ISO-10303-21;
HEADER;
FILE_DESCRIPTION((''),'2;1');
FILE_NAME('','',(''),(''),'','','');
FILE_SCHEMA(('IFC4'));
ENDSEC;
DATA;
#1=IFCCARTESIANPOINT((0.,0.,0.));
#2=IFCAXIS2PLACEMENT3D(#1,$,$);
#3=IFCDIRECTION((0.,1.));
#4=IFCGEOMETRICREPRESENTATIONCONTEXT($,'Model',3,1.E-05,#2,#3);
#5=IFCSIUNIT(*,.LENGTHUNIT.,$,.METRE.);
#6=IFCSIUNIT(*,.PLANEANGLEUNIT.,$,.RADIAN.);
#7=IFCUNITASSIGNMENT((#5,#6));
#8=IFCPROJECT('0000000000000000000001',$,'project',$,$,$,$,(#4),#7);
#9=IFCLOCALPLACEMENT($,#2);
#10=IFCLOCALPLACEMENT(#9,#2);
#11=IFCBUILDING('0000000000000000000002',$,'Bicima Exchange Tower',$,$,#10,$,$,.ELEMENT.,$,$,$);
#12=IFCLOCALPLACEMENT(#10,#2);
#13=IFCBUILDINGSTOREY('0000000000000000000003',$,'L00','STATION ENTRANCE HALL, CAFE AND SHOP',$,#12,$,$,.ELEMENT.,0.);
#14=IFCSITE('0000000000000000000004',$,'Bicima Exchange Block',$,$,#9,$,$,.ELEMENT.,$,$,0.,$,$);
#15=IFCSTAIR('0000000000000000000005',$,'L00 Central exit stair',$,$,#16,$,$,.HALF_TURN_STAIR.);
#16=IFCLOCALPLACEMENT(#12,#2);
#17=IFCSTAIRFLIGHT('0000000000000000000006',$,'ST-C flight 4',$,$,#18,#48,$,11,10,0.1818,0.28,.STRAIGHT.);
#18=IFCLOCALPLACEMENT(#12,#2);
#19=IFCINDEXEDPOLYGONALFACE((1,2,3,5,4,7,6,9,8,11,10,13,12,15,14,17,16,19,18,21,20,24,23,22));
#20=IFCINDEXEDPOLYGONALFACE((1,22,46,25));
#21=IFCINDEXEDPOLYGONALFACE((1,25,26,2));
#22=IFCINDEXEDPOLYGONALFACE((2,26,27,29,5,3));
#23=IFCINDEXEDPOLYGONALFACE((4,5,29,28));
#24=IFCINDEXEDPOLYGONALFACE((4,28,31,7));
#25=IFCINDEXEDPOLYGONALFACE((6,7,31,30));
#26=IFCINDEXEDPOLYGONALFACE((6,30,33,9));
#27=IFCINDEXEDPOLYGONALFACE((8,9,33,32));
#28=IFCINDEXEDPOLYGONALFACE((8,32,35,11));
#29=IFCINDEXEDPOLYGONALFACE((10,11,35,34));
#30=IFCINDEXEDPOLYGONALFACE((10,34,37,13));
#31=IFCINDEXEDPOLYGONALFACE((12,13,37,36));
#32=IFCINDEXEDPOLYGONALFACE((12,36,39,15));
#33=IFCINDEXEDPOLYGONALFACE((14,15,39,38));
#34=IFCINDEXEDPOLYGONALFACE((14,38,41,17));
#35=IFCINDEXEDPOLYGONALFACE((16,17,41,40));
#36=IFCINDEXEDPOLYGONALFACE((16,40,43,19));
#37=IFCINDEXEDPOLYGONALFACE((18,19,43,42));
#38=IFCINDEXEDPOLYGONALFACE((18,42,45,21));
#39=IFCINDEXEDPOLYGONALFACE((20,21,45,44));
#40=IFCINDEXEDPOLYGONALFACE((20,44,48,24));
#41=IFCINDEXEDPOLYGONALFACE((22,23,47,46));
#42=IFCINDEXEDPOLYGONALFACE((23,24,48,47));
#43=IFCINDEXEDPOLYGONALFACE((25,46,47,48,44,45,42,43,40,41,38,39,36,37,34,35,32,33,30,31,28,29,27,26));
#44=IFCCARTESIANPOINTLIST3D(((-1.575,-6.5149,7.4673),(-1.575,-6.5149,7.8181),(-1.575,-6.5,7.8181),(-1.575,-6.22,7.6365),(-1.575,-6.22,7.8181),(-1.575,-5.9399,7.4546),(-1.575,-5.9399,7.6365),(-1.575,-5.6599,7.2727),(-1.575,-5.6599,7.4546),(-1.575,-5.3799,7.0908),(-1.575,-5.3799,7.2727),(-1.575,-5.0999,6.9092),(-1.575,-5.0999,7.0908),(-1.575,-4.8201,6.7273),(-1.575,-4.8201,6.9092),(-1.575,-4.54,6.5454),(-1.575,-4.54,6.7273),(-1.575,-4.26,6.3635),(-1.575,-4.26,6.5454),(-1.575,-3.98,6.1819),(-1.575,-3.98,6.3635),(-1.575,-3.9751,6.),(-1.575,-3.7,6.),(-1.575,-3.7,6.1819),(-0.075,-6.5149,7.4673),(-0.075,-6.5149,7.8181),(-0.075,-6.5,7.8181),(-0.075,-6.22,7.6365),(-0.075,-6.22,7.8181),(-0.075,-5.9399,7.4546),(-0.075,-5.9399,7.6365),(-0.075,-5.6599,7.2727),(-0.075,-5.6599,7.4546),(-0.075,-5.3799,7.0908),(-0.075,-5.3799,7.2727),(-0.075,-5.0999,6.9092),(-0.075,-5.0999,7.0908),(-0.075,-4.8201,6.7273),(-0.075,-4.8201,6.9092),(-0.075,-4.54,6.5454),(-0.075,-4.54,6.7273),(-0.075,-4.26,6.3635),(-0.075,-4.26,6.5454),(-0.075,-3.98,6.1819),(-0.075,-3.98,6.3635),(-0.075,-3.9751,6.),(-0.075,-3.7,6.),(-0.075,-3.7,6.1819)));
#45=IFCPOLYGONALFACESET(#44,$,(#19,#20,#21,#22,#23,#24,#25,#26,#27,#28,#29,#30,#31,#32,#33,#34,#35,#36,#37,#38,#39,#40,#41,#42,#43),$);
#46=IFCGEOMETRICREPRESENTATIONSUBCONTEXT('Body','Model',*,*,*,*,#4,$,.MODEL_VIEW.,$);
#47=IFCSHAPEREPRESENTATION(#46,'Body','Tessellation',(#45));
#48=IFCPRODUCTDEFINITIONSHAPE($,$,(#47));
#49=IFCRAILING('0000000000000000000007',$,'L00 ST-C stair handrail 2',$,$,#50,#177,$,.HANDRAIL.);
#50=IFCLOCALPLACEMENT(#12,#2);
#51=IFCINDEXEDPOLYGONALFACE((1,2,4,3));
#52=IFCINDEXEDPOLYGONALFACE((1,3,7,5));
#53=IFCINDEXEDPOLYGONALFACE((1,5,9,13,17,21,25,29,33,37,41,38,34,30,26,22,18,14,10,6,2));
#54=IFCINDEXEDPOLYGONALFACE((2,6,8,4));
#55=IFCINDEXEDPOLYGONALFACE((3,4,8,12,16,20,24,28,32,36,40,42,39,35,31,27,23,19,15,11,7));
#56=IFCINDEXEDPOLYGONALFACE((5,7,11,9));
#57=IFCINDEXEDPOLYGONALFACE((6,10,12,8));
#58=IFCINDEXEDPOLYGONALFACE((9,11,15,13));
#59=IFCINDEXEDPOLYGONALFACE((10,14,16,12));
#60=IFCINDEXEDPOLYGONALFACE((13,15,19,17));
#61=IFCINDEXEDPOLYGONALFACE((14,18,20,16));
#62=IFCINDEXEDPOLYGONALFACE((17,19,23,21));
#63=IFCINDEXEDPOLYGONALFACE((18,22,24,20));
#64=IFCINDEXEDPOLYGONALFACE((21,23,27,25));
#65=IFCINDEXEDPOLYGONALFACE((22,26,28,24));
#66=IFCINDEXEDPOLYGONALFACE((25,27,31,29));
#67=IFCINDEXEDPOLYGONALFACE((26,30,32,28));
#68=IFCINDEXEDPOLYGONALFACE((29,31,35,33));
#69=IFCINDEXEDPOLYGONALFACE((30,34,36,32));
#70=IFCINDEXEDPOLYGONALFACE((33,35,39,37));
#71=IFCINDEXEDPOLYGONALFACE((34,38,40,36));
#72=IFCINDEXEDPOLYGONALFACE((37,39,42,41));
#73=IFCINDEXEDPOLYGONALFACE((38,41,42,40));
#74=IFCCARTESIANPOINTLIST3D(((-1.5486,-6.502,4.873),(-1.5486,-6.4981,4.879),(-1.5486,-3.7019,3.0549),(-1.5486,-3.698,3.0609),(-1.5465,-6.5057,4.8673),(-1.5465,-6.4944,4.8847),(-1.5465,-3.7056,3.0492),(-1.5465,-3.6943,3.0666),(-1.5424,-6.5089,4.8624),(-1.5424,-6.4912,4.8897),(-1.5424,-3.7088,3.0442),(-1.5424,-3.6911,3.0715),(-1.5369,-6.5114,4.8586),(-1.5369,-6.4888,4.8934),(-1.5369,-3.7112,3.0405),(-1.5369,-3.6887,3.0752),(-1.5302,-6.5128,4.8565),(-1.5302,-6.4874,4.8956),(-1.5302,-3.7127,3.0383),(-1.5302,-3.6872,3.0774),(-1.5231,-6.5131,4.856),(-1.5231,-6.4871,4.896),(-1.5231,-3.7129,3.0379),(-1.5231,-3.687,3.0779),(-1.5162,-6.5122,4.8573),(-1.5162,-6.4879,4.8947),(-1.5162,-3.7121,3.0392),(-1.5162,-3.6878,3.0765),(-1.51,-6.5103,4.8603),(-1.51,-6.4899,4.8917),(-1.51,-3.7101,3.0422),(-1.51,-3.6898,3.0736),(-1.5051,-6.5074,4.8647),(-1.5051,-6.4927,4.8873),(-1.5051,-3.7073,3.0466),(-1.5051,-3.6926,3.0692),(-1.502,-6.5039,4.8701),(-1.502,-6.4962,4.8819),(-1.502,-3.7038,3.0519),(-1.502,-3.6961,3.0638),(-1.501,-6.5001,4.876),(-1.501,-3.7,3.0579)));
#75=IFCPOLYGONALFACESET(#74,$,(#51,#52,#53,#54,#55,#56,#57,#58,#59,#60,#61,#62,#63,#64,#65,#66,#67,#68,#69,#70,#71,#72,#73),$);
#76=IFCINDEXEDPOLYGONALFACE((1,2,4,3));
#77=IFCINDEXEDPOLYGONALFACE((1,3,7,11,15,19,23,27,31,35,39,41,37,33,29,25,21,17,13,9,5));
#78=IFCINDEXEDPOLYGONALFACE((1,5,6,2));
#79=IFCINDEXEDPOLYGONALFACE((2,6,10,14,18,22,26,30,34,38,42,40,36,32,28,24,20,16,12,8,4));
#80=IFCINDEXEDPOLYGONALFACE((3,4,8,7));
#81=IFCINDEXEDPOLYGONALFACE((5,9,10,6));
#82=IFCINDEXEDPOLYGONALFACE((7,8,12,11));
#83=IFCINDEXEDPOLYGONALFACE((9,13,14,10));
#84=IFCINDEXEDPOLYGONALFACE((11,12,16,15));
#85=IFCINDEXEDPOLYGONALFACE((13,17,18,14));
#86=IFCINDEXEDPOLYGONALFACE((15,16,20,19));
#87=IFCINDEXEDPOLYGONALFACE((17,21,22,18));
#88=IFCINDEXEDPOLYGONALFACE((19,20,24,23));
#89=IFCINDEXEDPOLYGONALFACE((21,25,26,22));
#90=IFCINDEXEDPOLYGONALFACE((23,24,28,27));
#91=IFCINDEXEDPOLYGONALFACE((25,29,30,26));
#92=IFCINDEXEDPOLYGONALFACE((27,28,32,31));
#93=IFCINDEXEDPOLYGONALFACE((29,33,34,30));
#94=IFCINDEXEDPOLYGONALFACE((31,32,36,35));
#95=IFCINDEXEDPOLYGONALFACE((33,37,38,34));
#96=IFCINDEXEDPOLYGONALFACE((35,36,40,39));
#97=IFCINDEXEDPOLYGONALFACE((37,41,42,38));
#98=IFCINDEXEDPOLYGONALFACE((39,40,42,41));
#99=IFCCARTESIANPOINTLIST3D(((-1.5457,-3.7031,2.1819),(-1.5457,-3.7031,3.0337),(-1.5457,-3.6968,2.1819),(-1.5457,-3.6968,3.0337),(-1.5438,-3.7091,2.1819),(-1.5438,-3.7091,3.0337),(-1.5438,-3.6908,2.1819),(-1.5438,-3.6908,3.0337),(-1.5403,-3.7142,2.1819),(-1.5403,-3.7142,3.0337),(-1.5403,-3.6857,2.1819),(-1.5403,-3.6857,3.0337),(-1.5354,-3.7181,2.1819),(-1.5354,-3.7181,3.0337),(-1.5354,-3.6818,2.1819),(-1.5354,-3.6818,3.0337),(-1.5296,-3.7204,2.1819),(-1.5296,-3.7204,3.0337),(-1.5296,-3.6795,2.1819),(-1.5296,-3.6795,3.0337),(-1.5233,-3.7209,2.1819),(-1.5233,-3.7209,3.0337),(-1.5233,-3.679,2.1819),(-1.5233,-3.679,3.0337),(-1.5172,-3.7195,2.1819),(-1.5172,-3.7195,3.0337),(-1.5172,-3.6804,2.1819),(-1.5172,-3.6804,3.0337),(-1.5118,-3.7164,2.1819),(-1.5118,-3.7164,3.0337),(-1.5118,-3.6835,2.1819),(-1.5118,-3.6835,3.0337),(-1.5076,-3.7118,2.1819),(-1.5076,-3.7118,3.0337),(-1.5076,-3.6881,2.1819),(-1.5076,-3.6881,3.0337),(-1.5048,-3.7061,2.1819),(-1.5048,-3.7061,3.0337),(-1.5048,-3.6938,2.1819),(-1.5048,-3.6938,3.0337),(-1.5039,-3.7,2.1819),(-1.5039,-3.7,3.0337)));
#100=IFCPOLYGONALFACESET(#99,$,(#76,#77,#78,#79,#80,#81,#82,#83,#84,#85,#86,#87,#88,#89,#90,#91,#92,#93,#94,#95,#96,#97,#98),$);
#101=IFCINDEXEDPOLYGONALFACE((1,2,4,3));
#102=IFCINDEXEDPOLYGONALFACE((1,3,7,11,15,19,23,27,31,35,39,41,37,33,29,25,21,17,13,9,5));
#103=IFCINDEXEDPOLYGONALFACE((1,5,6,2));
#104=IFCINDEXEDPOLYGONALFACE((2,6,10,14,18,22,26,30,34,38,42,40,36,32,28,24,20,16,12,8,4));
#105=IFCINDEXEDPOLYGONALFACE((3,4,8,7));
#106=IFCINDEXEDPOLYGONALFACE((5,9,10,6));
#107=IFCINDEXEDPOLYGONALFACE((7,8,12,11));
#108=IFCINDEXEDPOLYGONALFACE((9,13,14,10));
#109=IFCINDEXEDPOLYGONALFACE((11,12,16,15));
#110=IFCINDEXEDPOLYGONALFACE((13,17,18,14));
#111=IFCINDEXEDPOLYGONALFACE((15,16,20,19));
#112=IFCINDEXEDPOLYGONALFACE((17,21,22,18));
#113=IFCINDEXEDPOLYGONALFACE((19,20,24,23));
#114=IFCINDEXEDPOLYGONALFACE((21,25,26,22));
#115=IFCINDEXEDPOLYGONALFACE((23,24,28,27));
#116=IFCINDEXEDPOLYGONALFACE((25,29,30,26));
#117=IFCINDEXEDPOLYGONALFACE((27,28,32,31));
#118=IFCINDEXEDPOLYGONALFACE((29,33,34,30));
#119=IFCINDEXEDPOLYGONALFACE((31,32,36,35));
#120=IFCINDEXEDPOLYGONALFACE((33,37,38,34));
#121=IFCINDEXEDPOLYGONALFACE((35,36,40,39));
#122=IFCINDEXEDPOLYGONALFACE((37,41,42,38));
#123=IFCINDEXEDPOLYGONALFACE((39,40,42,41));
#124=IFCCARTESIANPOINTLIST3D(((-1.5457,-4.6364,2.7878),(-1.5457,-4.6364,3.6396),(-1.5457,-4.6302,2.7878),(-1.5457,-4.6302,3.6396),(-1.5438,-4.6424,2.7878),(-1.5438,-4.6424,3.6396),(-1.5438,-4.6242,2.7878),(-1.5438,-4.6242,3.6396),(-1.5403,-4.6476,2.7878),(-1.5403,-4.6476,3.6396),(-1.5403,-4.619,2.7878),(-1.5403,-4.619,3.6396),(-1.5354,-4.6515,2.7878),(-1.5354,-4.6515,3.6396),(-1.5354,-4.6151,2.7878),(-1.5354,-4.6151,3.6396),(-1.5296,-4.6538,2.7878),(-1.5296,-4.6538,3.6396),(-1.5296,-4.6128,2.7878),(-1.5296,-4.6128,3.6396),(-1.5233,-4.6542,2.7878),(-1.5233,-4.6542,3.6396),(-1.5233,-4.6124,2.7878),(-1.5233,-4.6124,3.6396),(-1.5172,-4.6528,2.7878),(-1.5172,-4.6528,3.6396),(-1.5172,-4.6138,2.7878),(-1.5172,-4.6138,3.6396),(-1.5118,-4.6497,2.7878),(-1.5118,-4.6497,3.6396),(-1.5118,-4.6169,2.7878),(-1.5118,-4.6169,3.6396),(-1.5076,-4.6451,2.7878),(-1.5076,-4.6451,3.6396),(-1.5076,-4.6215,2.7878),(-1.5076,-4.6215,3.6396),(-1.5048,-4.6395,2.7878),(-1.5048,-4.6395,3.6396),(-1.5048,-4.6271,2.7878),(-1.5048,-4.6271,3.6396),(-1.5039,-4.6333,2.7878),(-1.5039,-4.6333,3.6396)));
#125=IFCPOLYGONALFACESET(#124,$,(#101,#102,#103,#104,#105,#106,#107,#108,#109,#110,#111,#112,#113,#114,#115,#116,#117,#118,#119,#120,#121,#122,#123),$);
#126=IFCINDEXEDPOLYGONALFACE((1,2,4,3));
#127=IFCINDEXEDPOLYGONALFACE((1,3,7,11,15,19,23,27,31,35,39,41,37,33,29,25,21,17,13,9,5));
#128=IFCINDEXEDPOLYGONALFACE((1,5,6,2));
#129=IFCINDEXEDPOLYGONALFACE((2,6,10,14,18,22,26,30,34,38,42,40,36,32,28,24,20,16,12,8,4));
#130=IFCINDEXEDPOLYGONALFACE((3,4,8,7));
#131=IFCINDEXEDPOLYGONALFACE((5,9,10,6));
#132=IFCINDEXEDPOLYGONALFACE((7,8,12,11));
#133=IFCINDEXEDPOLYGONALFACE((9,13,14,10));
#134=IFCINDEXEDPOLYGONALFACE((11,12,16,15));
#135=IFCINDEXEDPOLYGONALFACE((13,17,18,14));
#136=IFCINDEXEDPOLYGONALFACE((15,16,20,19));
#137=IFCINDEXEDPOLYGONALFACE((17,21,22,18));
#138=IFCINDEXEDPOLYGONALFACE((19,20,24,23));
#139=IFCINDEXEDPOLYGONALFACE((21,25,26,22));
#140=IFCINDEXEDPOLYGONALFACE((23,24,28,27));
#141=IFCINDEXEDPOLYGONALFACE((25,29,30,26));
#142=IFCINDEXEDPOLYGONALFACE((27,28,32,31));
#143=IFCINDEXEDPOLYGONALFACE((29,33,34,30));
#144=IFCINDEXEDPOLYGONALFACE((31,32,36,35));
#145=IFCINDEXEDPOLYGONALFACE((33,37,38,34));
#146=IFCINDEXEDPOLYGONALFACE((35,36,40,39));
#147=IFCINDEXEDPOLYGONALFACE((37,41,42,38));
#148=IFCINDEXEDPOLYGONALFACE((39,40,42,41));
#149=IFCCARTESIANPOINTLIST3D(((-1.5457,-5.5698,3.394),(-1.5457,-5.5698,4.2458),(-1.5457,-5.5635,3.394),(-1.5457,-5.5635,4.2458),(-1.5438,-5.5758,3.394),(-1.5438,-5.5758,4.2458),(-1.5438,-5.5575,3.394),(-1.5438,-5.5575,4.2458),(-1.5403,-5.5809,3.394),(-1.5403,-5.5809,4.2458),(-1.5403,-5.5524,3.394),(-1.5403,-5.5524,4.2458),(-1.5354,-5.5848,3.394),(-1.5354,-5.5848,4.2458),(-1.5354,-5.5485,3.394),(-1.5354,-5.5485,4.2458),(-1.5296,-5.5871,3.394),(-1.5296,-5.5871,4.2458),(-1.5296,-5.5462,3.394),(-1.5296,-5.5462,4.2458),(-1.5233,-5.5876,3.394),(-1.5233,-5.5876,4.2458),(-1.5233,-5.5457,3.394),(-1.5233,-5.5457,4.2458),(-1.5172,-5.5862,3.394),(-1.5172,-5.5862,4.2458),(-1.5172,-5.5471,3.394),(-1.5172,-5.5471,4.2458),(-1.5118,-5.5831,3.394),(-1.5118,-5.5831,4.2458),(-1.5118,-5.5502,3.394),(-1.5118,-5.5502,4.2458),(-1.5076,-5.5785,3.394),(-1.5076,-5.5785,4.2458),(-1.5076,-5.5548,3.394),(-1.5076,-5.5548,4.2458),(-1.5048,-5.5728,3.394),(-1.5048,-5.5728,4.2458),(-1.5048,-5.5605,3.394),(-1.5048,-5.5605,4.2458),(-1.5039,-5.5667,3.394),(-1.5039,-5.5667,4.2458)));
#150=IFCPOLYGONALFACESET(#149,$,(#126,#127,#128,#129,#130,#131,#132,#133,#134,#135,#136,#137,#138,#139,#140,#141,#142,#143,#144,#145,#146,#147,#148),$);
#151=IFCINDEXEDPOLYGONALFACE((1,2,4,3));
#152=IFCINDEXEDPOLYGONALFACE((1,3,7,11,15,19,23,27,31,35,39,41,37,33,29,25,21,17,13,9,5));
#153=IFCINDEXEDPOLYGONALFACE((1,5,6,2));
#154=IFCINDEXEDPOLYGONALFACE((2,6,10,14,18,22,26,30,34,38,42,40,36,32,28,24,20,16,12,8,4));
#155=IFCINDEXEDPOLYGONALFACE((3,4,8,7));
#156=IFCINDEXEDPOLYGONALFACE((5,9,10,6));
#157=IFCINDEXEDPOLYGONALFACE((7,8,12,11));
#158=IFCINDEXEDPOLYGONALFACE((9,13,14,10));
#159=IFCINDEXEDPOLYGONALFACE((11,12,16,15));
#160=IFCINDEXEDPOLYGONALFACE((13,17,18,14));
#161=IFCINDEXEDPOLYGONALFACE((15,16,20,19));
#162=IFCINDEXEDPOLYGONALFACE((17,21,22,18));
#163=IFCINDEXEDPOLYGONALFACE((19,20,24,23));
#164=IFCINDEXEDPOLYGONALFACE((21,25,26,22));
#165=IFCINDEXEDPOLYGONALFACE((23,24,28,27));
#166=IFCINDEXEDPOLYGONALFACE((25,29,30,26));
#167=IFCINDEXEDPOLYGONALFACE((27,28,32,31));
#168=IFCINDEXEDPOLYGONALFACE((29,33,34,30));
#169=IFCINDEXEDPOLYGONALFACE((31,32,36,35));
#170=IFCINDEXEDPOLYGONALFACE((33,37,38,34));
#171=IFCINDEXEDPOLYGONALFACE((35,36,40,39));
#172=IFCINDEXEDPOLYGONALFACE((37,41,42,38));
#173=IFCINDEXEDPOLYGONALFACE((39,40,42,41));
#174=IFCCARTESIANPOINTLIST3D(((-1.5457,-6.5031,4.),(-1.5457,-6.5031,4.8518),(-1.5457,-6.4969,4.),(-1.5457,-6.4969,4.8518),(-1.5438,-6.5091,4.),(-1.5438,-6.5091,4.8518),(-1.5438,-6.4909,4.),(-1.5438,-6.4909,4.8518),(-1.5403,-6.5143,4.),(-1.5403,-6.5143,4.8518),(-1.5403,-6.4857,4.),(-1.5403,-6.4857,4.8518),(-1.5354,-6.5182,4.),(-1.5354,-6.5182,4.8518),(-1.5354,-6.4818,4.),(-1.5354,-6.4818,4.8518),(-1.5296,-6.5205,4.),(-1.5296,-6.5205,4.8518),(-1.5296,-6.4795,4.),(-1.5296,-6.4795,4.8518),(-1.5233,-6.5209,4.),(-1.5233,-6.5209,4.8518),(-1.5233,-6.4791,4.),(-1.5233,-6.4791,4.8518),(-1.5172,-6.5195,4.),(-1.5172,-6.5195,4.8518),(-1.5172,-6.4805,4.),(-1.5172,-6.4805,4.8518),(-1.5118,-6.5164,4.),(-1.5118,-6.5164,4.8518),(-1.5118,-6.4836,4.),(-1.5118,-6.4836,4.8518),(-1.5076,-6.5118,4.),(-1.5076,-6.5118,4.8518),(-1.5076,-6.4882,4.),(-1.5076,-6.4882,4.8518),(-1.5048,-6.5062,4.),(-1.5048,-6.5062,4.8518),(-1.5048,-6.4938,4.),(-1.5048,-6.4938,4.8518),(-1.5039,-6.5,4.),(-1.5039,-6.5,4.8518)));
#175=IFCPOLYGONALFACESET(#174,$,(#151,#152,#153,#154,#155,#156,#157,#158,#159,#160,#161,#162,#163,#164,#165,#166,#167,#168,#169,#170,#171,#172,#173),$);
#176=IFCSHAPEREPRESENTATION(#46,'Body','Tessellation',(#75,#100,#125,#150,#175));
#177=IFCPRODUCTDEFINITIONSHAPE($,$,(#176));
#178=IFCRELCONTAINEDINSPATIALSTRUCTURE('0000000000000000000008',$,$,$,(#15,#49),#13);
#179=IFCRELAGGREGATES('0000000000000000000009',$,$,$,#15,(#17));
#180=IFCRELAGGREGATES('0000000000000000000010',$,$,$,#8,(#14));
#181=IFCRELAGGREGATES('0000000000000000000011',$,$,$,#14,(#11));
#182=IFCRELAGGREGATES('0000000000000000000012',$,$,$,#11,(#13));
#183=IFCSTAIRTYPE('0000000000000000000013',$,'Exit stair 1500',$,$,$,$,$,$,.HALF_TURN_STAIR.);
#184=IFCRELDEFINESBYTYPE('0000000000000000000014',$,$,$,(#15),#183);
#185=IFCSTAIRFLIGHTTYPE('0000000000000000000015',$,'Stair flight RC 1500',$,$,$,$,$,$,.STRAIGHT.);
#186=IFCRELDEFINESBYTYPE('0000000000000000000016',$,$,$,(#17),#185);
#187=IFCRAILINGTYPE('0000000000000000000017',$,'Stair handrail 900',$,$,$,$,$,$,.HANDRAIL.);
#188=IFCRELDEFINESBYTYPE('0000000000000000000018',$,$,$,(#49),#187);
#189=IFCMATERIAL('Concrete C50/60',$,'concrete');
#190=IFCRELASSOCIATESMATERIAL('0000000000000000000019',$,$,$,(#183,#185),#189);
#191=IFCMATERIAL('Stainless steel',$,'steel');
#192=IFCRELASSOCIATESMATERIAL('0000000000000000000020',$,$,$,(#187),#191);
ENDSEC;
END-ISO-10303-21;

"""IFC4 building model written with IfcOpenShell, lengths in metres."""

from ifc_helpers import new_model, si_unit, direction, frame, origin, origin_2d, place, context, subcontext, project, spatial, polyline, circle, outline, extrude, material, type_object, element, aggregate, save


model = new_model("IFC4")

# Units and contexts
model_context = context("Model", 3, precision=1e-05, world=origin(), true_north=direction((0.0, 1.0)))
body_context = subcontext(model_context, "Body", "Model", "MODEL_VIEW")
ifc_project = project(units=[si_unit("LENGTHUNIT", "METRE"), si_unit("PLANEANGLEUNIT", "RADIAN")], contexts=[model_context])

# Site, building, storey
site_placement = place(None, origin())
site = spatial("IfcSite", under=ifc_project, at=site_placement, Name="Bicima Exchange Block", CompositionType="ELEMENT", RefElevation=0.0)
building_placement = place(site_placement, origin())
building = spatial("IfcBuilding", under=site, at=building_placement, Name="Bicima Exchange Tower", CompositionType="ELEMENT")
storey_placement = place(building_placement, origin())
storey = spatial("IfcBuildingStorey", under=building, at=storey_placement, Name="L00", Description="STATION ENTRANCE HALL, CAFE AND SHOP", CompositionType="ELEMENT", Elevation=0.0)

# Shared definitions
ifc_material_1 = material(Name="Concrete C50/60", Category="concrete")

# Stair, stair flight
stair_type = type_object("IfcStairType", Name="Exit stair 1500", PredefinedType="HALF_TURN_STAIR", material=ifc_material_1)
stair_placement = place(storey_placement, origin())
stair = element("IfcStair", 1, at=stair_placement, inside=storey, type_object=stair_type, Name="L00 Central exit stair", PredefinedType="HALF_TURN_STAIR")
stair_flight_type = type_object("IfcStairFlightType", Name="Stair flight RC 1500", PredefinedType="STRAIGHT", material=ifc_material_1)
stair_flight_1_placement = place(storey_placement, frame((-0.825, -3.7, 6.0), z_axis=(0.0, 0.0, 1.0), x_axis=(0.0, -1.0, 0.0)))
stair_flight_1 = element("IfcStairFlight", 2, at=stair_flight_1_placement, type_object=stair_flight_type, Name="ST-C flight 4", NumberOfRisers=11, NumberOfTreads=10, PredefinedType="STRAIGHT", RiserHeight=0.1818, TreadLength=0.28, context=body_context, shape_type="SweptSolid", body=[
    extrude(outline(polyline([(0.0, 0.0), (0.0, 0.1819), (0.28, 0.1819), (0.28, 0.3635), (0.5601, 0.3635), (0.5601, 0.5454), (0.8401, 0.5454), (0.8401, 0.7273), (1.1201, 0.7273), (1.1201, 0.9092), (1.3999, 0.9092), (1.3999, 1.0908), (1.6799, 1.0908), (1.6799, 1.2727), (1.96, 1.2727), (1.96, 1.4546), (2.24, 1.4546), (2.24, 1.6365), (2.52, 1.6365), (2.52, 1.8181), (2.8, 1.8181), (2.8149, 1.8181), (2.8149, 1.4673), (0.2751, 0.0), (0.0, 0.0)])), frame((0.0, 0.75, 0.0), z_axis=(0.0, -1.0, 0.0), x_axis=(1.0, 0.0, 0.0)), (0.0, 0.0, 1.0), 1.5),
])
aggregate(stair, [stair_flight_1])

# Railing
ifc_material_2 = material(Name="Stainless steel", Category="steel")
railing_type = type_object("IfcRailingType", Name="Stair handrail 900", PredefinedType="HANDRAIL", material=ifc_material_2)
for number, where, name in (
    (3, (-1.5249, -3.7, 2.1819), "L00 ST-C stair handrail 2"),
):
    element("IfcRailing", number, at=place(storey_placement, frame(where)), inside=storey, type_object=railing_type, Name=name, PredefinedType="HANDRAIL", context=body_context, shape_type="SweptSolid", body=[
        extrude(circle(Radius=0.0239, at=origin_2d()), frame((0.0, 0.0, 0.876), z_axis=(0.0, -0.838706, 0.544585), x_axis=(1.0, 0.0, 0.0)), (0.0, 0.0, 1.0), 3.3386),
        extrude(circle(Radius=0.021, at=origin_2d()), origin(), (0.0, 0.0, 1.0), 0.8518),
        extrude(circle(Radius=0.021, at=origin_2d()), frame((0.0, -0.9333, 0.606)), (0.0, 0.0, 1.0), 0.8518),
        extrude(circle(Radius=0.021, at=origin_2d()), frame((0.0, -1.8667, 1.2122)), (0.0, 0.0, 1.0), 0.8518),
        extrude(circle(Radius=0.021, at=origin_2d()), frame((0.0, -2.8, 1.8181)), (0.0, 0.0, 1.0), 0.8518),
    ])

save(model, "model.ifc")
